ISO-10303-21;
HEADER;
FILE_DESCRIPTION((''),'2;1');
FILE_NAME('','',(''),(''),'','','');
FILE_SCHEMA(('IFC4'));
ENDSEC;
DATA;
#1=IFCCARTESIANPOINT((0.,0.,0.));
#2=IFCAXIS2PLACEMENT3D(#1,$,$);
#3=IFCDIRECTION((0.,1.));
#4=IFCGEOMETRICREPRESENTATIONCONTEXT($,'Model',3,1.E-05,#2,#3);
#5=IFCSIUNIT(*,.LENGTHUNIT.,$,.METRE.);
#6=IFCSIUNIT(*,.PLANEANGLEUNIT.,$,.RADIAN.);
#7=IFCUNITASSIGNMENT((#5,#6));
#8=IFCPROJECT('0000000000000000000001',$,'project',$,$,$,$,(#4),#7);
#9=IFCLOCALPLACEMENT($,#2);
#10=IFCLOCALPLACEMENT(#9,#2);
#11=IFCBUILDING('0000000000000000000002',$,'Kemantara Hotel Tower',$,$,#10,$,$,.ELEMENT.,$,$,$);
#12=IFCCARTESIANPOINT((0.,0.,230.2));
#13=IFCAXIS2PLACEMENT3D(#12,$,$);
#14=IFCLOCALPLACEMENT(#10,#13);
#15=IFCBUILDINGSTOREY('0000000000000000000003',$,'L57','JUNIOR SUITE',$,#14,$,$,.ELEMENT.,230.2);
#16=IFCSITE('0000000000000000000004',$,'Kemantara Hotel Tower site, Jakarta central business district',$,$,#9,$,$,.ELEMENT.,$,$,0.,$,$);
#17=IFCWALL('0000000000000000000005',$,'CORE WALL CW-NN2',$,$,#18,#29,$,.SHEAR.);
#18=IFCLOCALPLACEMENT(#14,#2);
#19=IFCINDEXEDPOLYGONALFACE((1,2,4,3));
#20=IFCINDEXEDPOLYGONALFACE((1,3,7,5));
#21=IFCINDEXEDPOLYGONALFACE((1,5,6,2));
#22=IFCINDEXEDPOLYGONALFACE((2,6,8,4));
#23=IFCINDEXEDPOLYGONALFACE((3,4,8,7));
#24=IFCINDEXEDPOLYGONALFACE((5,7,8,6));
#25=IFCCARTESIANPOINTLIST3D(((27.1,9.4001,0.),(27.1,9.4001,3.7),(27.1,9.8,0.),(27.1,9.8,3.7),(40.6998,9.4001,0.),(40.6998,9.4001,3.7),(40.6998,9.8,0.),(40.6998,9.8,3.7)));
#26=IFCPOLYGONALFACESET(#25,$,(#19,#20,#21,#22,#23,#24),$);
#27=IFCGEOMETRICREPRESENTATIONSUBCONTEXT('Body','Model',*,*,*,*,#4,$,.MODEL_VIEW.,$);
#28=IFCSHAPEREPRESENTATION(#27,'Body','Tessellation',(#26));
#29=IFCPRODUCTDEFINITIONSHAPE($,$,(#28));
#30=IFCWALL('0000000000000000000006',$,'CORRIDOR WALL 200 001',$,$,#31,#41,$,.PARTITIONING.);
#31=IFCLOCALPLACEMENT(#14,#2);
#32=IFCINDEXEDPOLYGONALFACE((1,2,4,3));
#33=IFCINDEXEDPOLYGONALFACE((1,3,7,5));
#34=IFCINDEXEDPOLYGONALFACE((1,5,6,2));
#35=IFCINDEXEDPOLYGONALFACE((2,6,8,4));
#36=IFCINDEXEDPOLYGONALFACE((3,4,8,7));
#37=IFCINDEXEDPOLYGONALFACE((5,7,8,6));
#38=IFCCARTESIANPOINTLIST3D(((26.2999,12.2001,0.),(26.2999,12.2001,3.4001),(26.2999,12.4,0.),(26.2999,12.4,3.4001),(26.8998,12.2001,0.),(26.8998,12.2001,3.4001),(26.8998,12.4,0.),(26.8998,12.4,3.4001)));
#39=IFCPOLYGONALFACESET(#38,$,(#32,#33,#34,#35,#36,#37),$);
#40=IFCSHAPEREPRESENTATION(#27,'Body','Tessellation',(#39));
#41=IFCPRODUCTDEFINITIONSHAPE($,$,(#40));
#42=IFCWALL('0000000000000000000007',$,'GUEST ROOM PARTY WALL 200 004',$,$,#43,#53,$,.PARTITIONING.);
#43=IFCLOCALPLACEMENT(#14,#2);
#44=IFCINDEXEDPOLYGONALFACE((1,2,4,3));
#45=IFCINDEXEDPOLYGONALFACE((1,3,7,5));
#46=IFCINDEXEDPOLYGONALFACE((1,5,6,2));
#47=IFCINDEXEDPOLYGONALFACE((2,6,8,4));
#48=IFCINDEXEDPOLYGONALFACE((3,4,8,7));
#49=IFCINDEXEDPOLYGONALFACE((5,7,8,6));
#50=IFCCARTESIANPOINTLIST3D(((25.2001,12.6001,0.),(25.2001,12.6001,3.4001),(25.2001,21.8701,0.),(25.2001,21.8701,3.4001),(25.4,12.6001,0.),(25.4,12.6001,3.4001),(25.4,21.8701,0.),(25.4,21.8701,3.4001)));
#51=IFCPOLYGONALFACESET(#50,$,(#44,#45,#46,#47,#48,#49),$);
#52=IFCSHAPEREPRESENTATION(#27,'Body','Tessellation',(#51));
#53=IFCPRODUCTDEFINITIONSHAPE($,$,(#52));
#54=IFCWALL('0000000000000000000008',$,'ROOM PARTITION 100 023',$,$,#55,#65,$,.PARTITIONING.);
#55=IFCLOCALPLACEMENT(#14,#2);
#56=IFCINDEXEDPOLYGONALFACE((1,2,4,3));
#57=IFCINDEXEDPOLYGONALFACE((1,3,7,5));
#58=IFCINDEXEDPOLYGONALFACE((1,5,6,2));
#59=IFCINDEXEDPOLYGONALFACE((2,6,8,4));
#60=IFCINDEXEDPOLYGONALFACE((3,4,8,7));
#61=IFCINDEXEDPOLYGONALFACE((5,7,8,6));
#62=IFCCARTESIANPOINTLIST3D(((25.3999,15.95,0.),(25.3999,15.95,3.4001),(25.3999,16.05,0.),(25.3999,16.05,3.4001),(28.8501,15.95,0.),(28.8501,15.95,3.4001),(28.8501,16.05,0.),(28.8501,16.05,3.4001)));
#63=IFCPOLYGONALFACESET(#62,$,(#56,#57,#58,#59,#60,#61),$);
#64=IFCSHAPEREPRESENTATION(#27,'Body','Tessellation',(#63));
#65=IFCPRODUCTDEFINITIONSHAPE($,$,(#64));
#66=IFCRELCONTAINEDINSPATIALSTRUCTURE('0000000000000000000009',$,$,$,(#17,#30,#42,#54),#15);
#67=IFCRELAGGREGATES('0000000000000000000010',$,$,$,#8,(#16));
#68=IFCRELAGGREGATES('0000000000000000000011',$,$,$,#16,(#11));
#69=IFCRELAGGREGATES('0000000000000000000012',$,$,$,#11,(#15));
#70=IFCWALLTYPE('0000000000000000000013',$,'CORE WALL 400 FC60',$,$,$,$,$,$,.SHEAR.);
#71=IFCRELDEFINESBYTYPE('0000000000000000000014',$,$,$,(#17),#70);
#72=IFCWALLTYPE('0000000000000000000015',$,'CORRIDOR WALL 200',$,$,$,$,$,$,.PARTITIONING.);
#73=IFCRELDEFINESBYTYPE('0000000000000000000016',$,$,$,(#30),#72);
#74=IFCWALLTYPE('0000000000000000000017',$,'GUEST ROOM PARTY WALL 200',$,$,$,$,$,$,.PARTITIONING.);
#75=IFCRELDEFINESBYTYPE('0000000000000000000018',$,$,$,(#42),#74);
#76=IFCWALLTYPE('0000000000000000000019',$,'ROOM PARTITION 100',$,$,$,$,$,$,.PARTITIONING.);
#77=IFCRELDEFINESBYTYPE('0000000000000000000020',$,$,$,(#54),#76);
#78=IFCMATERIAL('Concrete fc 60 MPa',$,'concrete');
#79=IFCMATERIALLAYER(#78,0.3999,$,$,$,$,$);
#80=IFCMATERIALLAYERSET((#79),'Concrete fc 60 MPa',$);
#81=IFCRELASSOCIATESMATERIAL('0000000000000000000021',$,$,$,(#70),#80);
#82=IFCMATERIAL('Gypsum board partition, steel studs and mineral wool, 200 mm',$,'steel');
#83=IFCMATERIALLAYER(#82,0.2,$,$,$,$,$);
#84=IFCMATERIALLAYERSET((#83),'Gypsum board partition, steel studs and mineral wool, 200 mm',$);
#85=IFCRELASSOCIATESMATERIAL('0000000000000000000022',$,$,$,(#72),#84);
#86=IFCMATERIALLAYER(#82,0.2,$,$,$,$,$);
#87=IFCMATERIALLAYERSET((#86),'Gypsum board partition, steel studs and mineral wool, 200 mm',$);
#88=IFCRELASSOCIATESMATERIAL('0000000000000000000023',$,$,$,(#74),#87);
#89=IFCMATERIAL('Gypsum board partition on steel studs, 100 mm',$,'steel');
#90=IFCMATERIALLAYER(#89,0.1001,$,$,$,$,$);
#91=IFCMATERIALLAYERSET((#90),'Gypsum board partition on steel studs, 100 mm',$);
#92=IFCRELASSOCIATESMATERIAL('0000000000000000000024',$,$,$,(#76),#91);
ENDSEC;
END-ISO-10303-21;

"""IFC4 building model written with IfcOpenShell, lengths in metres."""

from ifc_helpers import new_model, si_unit, direction, frame, frame_2d, origin, place, context, subcontext, project, spatial, rectangle, extrude, material, layer, layer_set, type_object, element, save


model = new_model("IFC4")

# Units and contexts
model_context = context("Model", 3, precision=1e-05, world=origin(), true_north=direction((0.0, 1.0)))
body_context = subcontext(model_context, "Body", "Model", "MODEL_VIEW")
ifc_project = project(units=[si_unit("LENGTHUNIT", "METRE"), si_unit("PLANEANGLEUNIT", "RADIAN")], contexts=[model_context])

# Site, building, storey
site_placement = place(None, origin())
site = spatial("IfcSite", under=ifc_project, at=site_placement, Name="Kemantara Hotel Tower site, Jakarta central business district", CompositionType="ELEMENT", RefElevation=0.0)
building_placement = place(site_placement, origin())
building = spatial("IfcBuilding", under=site, at=building_placement, Name="Kemantara Hotel Tower", CompositionType="ELEMENT")
storey_placement = place(building_placement, frame((0.0, 0.0, 230.2)))
storey = spatial("IfcBuildingStorey", under=building, at=storey_placement, Name="L57", Description="JUNIOR SUITE", CompositionType="ELEMENT", Elevation=230.2)

# Shared definitions
ifc_material_1 = material(Name="Concrete fc 60 MPa", Category="concrete")

# Shared definitions
ifc_layer_1 = layer(ifc_material_1, 0.3999)
ifc_layer_set_1 = layer_set([ifc_layer_1], Name="Concrete fc 60 MPa")
wall_type_1 = type_object("IfcWallType", Name="CORE WALL 400 FC60", PredefinedType="SHEAR", material=ifc_layer_set_1)

# Walls
wall_1_placement = place(storey_placement, frame((27.1001, 9.6001, 0.0), z_axis=(0.0, 0.0, 1.0), x_axis=(1.0, 0.0, 0.0)))
element("IfcWall", 1, at=wall_1_placement, inside=storey, type_object=wall_type_1, Name="CORE WALL CW-NN2", PredefinedType="SHEAR", context=body_context, shape_type="SweptSolid", body=[
    extrude(rectangle(XDim=13.5999, YDim=0.3999, at=frame_2d((6.7998, 0.0))), origin(), (0.0, 0.0, 1.0), 3.7),
])
ifc_material_2 = material(Name="Gypsum board partition, steel studs and mineral wool, 200 mm", Category="steel")
ifc_layer_2 = layer(ifc_material_2, 0.2)
ifc_layer_set_2 = layer_set([ifc_layer_2], Name="Gypsum board partition, steel studs and mineral wool, 200 mm")
wall_type_2 = type_object("IfcWallType", Name="CORRIDOR WALL 200", PredefinedType="PARTITIONING", material=ifc_layer_set_2)
wall_2_placement = place(storey_placement, frame((26.3, 12.3, 0.0), z_axis=(0.0, 0.0, 1.0), x_axis=(1.0, 0.0, 0.0)))
element("IfcWall", 2, at=wall_2_placement, inside=storey, type_object=wall_type_2, Name="CORRIDOR WALL 200 001", PredefinedType="PARTITIONING", context=body_context, shape_type="SweptSolid", body=[
    extrude(rectangle(XDim=0.5999, YDim=0.2, at=frame_2d((0.2998, 0.0))), origin(), (0.0, 0.0, 1.0), 3.4001),
])
ifc_layer_3 = layer(ifc_material_2, 0.2)
ifc_layer_set_3 = layer_set([ifc_layer_3], Name="Gypsum board partition, steel studs and mineral wool, 200 mm")
wall_type_3 = type_object("IfcWallType", Name="GUEST ROOM PARTY WALL 200", PredefinedType="PARTITIONING", material=ifc_layer_set_3)
wall_3_placement = place(storey_placement, frame((25.3, 12.6001, 0.0), z_axis=(0.0, 0.0, 1.0), x_axis=(0.0, 1.0, 0.0)))
element("IfcWall", 3, at=wall_3_placement, inside=storey, type_object=wall_type_3, Name="GUEST ROOM PARTY WALL 200 004", PredefinedType="PARTITIONING", context=body_context, shape_type="SweptSolid", body=[
    extrude(rectangle(XDim=9.27, YDim=0.2, at=frame_2d((4.635, 0.0))), origin(), (0.0, 0.0, 1.0), 3.4001),
])
ifc_material_3 = material(Name="Gypsum board partition on steel studs, 100 mm", Category="steel")
ifc_layer_4 = layer(ifc_material_3, 0.1001)
ifc_layer_set_4 = layer_set([ifc_layer_4], Name="Gypsum board partition on steel studs, 100 mm")
wall_type_4 = type_object("IfcWallType", Name="ROOM PARTITION 100", PredefinedType="PARTITIONING", material=ifc_layer_set_4)
wall_4_placement = place(storey_placement, frame((25.3999, 16.0, 0.0), z_axis=(0.0, 0.0, 1.0), x_axis=(1.0, 0.0, 0.0)))
element("IfcWall", 4, at=wall_4_placement, inside=storey, type_object=wall_type_4, Name="ROOM PARTITION 100 023", PredefinedType="PARTITIONING", context=body_context, shape_type="SweptSolid", body=[
    extrude(rectangle(XDim=3.4502, YDim=0.1001, at=frame_2d((1.7251, 0.0))), origin(), (0.0, 0.0, 1.0), 3.4001),
])

save(model, "model.ifc")
